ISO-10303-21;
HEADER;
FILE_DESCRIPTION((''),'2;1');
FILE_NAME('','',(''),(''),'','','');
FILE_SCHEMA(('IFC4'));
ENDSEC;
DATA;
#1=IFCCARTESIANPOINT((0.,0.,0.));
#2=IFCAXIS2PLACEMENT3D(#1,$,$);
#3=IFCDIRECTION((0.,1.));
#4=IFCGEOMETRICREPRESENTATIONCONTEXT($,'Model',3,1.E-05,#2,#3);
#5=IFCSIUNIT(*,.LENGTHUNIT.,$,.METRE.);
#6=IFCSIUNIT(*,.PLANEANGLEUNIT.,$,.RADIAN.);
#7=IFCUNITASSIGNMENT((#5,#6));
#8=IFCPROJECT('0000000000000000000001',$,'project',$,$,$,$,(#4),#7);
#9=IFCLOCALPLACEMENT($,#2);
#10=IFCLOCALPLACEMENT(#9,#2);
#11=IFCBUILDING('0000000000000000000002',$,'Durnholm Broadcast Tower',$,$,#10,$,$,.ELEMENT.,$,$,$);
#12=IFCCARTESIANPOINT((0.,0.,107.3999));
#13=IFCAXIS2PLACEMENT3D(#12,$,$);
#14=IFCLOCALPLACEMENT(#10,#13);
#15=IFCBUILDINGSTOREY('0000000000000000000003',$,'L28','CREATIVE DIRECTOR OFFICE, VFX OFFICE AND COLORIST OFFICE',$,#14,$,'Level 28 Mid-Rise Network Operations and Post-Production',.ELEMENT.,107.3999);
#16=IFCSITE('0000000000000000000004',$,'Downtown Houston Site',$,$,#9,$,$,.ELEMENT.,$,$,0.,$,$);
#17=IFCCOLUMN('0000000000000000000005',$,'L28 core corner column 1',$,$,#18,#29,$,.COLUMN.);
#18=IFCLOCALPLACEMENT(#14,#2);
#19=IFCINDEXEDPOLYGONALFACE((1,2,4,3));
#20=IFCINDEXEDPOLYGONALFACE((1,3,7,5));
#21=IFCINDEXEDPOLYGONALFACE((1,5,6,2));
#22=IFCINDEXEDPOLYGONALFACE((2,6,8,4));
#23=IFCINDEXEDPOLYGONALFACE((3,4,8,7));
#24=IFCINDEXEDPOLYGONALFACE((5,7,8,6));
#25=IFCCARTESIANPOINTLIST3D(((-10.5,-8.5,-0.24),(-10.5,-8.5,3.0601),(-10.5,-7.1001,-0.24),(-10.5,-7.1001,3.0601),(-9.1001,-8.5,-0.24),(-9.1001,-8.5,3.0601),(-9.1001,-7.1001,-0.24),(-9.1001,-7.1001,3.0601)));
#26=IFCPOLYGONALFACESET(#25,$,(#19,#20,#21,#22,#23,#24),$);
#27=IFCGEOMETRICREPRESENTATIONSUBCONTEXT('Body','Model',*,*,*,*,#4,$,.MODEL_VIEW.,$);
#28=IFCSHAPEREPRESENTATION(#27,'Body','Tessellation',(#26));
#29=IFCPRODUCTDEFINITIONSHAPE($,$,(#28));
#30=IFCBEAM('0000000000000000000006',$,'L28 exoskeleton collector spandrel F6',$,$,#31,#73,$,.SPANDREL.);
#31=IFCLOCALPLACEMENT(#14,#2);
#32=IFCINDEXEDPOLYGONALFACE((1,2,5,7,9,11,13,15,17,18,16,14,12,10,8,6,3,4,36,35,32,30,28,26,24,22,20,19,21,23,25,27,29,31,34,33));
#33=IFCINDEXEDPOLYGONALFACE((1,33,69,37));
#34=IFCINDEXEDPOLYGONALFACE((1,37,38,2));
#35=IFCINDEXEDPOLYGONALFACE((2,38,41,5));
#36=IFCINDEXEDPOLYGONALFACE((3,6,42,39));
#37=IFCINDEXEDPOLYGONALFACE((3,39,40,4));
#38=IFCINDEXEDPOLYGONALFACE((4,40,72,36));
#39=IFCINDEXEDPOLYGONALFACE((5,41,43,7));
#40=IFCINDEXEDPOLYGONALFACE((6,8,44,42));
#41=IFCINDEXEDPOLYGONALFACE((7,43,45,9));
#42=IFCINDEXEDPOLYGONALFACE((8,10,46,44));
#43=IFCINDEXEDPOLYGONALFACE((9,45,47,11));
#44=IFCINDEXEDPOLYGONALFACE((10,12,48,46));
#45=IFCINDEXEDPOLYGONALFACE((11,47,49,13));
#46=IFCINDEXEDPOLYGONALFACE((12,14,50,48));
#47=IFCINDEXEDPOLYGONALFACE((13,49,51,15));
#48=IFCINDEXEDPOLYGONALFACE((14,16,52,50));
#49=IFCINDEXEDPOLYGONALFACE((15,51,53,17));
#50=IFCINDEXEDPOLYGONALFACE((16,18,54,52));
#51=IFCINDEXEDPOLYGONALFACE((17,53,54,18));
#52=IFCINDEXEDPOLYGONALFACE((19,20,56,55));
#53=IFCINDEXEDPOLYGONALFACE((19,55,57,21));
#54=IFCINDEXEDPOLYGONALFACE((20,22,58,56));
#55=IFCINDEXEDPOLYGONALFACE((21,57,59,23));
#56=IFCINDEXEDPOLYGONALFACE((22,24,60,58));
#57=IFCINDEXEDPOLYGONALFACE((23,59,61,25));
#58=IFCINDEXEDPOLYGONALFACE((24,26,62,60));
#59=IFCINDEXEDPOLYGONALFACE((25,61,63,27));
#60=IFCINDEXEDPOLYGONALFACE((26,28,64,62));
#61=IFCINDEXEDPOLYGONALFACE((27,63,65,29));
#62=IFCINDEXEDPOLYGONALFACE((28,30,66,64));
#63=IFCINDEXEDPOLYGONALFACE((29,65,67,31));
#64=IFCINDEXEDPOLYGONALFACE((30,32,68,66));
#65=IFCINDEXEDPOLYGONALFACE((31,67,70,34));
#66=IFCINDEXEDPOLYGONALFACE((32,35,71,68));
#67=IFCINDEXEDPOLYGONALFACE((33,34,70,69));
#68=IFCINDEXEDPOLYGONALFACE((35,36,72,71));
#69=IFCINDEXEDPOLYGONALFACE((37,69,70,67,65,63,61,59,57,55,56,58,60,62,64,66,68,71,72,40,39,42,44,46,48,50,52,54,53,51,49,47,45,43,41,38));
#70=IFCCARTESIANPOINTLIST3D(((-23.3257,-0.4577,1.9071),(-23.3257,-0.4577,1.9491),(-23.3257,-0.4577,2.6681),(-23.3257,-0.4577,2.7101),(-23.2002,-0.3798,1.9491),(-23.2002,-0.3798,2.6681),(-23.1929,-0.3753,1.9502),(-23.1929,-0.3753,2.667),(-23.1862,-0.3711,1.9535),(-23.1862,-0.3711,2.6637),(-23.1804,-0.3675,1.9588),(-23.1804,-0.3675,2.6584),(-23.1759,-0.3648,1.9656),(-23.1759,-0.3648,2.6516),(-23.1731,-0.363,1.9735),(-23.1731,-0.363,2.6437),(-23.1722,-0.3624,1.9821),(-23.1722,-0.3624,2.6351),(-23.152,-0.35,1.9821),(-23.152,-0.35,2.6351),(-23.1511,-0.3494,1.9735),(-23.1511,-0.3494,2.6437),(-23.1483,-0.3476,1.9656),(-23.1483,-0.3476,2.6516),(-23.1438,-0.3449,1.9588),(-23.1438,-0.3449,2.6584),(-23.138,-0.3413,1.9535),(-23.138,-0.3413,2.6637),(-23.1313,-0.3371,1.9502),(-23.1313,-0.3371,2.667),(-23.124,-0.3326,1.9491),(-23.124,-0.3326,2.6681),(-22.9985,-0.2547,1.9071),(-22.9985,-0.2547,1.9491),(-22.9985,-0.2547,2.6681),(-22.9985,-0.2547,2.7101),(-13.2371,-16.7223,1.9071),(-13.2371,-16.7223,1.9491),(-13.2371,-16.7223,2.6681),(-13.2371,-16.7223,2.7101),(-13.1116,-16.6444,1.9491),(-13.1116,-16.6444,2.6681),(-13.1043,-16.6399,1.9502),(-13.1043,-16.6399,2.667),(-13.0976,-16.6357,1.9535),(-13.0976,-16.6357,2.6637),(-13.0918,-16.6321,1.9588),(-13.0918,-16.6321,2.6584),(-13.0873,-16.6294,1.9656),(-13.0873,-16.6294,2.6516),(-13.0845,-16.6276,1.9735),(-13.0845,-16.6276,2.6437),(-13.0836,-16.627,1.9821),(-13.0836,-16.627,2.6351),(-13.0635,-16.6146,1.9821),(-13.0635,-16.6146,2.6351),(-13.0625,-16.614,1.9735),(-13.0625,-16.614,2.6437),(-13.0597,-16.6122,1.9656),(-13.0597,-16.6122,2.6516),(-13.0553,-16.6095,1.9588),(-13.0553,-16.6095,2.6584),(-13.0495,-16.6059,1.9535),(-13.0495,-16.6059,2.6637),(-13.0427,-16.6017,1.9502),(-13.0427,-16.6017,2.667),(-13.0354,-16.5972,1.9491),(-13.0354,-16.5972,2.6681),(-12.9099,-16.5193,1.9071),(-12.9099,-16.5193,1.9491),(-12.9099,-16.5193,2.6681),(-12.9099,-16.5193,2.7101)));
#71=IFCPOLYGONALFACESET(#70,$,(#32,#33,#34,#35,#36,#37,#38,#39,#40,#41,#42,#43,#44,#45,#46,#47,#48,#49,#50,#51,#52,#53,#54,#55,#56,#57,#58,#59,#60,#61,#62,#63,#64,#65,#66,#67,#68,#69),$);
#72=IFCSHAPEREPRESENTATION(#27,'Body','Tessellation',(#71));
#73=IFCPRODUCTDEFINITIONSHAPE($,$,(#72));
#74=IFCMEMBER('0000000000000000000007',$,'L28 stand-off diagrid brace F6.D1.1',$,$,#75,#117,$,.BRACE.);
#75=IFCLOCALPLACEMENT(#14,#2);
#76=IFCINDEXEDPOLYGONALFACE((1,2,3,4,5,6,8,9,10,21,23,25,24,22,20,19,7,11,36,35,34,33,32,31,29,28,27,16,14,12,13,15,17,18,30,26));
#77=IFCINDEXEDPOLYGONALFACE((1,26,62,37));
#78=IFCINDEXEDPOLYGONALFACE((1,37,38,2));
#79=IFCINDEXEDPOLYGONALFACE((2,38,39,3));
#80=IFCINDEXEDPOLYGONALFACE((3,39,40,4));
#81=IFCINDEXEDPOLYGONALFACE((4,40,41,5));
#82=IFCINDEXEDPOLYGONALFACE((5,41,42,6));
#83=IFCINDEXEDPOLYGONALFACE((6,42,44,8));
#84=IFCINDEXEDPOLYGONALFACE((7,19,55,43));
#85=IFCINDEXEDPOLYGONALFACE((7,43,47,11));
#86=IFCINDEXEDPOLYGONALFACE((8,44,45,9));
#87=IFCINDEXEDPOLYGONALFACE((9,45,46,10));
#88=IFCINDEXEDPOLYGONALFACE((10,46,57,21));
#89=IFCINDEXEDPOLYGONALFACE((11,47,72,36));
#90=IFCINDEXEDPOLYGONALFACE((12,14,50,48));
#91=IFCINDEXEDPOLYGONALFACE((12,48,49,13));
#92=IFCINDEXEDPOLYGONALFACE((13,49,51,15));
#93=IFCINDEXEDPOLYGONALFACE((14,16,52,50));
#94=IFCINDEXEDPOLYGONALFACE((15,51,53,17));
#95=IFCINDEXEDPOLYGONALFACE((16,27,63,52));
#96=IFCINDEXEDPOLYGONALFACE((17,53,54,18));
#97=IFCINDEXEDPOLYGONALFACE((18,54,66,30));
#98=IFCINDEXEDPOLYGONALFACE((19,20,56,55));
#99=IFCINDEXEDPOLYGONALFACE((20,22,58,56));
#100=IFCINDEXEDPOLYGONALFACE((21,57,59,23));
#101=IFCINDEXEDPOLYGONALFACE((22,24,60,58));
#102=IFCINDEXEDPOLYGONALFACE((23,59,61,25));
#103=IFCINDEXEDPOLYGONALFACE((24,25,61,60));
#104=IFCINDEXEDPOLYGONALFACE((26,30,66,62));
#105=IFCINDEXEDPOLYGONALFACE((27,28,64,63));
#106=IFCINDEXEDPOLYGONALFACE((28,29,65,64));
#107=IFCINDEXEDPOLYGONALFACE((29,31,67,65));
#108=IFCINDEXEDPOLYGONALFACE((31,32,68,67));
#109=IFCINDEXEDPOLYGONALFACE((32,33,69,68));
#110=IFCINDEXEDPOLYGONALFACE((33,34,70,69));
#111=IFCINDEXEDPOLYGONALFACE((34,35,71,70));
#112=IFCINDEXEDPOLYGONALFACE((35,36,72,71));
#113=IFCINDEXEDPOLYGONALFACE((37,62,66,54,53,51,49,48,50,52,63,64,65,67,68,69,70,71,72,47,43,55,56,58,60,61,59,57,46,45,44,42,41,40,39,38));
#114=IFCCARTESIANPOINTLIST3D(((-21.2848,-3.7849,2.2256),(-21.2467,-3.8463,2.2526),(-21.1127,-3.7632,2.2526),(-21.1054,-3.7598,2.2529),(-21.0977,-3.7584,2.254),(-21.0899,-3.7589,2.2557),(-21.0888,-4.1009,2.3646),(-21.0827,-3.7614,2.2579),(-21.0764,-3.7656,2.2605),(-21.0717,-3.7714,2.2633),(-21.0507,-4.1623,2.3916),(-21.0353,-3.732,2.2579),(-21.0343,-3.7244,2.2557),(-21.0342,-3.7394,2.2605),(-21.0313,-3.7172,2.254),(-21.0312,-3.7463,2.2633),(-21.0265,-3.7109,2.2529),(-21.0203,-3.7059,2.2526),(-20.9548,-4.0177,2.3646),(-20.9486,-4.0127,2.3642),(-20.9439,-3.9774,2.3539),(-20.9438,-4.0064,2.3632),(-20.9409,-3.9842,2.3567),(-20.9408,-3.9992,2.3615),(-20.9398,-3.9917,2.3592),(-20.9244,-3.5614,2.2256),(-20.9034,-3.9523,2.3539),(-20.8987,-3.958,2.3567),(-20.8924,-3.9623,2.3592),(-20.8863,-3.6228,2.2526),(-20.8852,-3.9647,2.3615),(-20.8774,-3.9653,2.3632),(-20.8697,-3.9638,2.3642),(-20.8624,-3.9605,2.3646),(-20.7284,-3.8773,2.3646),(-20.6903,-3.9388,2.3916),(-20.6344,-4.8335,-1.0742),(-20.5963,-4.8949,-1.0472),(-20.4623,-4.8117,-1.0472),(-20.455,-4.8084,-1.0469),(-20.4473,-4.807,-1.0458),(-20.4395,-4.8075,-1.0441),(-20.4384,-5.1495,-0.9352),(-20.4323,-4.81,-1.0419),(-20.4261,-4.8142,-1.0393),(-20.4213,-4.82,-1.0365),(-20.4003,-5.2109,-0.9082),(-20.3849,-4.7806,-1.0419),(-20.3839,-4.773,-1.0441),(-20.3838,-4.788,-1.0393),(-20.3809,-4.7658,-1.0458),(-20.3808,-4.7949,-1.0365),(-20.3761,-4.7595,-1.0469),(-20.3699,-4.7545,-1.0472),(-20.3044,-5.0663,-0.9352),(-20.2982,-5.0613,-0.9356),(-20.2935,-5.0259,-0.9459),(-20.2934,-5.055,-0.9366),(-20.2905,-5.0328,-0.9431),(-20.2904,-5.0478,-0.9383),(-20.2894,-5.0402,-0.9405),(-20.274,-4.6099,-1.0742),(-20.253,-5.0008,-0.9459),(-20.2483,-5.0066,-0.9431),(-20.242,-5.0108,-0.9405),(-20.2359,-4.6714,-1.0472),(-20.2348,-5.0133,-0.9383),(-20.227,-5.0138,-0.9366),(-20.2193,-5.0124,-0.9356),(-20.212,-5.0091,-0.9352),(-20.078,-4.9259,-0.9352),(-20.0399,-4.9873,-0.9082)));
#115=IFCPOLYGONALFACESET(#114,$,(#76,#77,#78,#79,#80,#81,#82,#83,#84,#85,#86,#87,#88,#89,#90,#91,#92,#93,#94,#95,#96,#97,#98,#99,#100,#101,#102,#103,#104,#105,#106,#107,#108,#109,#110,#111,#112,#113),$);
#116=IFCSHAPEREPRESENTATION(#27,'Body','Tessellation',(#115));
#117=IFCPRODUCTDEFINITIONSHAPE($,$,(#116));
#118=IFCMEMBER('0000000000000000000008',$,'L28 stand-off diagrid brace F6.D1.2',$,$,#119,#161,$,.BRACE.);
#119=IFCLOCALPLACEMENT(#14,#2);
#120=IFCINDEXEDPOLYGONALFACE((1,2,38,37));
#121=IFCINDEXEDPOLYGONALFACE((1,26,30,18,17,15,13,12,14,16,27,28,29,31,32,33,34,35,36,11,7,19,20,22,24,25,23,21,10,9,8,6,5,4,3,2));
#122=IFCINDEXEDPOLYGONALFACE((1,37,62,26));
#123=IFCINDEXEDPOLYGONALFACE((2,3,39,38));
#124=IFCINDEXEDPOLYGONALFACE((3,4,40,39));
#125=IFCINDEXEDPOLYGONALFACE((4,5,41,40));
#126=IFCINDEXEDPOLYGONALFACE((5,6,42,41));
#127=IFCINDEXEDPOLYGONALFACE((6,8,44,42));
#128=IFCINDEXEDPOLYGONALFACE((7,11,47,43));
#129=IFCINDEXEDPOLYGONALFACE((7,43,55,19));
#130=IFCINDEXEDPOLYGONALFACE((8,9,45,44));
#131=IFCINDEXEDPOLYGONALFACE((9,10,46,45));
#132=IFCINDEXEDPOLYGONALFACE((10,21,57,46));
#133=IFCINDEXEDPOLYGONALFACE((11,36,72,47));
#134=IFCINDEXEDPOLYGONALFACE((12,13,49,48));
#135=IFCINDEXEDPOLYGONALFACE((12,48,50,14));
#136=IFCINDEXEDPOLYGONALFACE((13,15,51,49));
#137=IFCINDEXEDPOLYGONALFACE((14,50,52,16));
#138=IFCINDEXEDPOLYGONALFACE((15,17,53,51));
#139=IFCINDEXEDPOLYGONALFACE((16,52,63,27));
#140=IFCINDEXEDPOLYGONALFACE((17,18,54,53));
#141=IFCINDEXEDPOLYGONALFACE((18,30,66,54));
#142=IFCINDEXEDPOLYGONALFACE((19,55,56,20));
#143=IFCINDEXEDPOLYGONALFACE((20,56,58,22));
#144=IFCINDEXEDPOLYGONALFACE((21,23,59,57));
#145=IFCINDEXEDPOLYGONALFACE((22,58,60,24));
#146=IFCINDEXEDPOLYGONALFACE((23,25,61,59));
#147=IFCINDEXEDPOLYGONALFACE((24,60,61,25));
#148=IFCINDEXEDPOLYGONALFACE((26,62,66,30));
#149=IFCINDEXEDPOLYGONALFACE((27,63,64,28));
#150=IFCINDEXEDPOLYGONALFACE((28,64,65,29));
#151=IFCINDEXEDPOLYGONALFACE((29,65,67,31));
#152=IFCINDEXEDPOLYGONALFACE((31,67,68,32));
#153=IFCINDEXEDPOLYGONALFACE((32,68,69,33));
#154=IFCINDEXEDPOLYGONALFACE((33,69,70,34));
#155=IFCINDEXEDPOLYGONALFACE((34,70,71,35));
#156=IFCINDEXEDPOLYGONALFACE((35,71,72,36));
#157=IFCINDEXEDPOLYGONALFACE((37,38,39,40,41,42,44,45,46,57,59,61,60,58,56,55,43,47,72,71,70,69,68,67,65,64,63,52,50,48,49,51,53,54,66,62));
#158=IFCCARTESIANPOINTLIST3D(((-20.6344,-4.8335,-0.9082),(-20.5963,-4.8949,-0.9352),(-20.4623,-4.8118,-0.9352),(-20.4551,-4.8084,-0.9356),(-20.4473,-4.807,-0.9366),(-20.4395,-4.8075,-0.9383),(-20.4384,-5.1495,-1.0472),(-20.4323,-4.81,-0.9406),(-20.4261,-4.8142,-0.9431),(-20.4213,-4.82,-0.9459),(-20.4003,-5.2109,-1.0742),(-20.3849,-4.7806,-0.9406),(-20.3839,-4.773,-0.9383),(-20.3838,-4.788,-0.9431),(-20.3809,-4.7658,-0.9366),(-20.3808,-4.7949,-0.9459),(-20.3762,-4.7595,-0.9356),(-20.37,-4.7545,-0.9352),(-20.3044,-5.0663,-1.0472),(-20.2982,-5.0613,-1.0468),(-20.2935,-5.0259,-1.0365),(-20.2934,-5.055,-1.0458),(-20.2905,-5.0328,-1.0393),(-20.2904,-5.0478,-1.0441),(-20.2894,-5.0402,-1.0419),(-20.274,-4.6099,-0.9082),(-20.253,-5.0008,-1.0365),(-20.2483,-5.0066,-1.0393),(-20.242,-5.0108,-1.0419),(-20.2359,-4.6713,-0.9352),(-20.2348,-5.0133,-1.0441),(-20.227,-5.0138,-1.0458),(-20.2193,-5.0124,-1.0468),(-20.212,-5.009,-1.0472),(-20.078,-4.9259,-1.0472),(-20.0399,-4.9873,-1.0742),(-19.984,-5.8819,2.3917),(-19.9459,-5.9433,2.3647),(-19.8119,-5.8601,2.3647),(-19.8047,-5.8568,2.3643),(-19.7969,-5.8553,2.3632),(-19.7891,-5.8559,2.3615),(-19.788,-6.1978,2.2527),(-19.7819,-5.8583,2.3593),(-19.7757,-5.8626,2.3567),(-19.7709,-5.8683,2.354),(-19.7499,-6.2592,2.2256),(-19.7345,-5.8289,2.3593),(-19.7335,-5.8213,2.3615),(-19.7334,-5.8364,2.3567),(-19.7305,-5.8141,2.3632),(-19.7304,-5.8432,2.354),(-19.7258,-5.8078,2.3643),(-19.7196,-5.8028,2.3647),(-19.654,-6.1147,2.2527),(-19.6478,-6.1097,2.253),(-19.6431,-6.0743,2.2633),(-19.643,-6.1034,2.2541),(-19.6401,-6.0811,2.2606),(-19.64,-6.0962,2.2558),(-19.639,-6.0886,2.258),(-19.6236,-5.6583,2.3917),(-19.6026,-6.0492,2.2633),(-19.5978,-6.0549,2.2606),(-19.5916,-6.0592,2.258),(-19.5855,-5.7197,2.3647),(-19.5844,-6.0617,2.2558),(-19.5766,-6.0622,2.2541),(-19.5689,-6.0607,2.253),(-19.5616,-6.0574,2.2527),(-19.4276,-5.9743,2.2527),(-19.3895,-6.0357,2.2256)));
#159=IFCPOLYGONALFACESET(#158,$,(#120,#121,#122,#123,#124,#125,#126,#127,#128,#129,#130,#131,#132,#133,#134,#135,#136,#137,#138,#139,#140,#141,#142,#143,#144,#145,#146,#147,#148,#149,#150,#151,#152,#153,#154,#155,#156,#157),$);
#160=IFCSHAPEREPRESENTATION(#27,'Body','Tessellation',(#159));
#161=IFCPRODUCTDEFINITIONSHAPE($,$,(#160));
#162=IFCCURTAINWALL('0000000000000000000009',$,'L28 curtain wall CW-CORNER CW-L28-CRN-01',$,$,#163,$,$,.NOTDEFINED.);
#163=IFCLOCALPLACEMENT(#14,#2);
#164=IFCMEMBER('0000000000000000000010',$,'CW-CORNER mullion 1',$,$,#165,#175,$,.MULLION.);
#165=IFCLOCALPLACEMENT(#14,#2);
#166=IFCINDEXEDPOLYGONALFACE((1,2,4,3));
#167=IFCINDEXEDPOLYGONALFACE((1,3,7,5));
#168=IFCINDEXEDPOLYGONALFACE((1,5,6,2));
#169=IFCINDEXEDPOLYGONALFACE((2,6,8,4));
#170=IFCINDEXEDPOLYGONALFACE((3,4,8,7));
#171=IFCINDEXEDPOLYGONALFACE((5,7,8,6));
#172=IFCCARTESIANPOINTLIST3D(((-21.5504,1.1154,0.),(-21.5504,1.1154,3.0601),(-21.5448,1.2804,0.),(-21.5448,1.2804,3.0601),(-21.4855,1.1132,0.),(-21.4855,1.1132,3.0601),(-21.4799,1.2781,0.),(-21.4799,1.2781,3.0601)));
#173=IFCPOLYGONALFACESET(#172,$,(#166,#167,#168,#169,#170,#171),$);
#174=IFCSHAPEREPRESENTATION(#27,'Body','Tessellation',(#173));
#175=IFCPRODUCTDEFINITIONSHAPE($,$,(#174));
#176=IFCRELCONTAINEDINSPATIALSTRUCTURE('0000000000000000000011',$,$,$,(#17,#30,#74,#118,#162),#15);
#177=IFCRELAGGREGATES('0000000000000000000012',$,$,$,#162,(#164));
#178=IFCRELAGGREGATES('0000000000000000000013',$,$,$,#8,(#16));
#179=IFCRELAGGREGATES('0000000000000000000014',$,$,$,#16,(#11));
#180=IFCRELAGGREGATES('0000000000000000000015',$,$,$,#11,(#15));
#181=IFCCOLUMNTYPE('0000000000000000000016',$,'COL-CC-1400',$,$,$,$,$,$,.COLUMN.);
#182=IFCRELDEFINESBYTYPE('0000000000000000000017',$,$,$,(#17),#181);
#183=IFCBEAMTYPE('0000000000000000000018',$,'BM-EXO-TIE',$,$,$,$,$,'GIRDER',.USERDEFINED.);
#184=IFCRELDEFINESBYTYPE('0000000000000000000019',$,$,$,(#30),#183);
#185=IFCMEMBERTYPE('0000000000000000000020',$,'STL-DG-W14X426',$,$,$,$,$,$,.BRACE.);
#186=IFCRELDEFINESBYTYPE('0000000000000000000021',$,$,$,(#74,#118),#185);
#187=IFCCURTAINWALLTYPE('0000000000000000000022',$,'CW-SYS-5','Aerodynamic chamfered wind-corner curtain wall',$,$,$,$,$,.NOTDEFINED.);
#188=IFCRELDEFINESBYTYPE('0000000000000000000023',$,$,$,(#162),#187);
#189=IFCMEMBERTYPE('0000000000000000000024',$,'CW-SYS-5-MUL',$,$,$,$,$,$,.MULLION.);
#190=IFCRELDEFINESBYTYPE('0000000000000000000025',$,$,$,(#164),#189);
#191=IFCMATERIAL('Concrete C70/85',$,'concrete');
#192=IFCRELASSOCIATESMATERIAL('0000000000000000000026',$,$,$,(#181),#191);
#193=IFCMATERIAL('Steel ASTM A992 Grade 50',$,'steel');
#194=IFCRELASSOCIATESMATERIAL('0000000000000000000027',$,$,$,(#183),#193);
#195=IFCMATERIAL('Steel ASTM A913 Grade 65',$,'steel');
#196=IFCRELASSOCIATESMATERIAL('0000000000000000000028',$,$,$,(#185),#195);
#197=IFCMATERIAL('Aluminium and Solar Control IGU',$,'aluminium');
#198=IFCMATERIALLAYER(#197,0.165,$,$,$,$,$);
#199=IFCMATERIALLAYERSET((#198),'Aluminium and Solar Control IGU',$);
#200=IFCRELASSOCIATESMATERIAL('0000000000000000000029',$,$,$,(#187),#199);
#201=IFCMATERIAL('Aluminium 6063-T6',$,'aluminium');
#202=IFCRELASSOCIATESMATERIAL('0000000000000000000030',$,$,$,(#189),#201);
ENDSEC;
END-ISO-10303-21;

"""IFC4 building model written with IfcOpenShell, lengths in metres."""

from ifc_helpers import new_model, si_unit, direction, frame, origin, origin_2d, place, context, subcontext, project, spatial, rectangle, i_section, extrude, source, transform, mapped, material, layer, layer_set, material_profile, profile_set, type_object, type_shapes, element, aggregate, save


model = new_model("IFC4")

# Units and contexts
model_context = context("Model", 3, precision=1e-05, world=origin(), true_north=direction((0.0, 1.0)))
body_context = subcontext(model_context, "Body", "Model", "MODEL_VIEW")
ifc_project = project(units=[si_unit("LENGTHUNIT", "METRE"), si_unit("PLANEANGLEUNIT", "RADIAN")], contexts=[model_context])

# Site, building, storey
site_placement = place(None, origin())
site = spatial("IfcSite", under=ifc_project, at=site_placement, Name="Downtown Houston Site", CompositionType="ELEMENT", RefElevation=0.0)
building_placement = place(site_placement, origin())
building = spatial("IfcBuilding", under=site, at=building_placement, Name="Durnholm Broadcast Tower", CompositionType="ELEMENT")
storey_placement = place(building_placement, frame((0.0, 0.0, 107.3999)))
storey = spatial("IfcBuildingStorey", under=building, at=storey_placement, Name="L28", Description="CREATIVE DIRECTOR OFFICE, VFX OFFICE AND COLORIST OFFICE", LongName="Level 28 Mid-Rise Network Operations and Post-Production", CompositionType="ELEMENT", Elevation=107.3999)

# Column
ifc_material_1 = material(Name="Concrete C70/85", Category="concrete")
ifc_material_profile_1 = material_profile(ifc_material_1, rectangle(XDim=1.3999, YDim=1.3999, at=origin_2d()), Name="RC1400X1400")
ifc_profile_set_1 = profile_set([ifc_material_profile_1], Name="Concrete C70/85")
column_type = type_object("IfcColumnType", Name="COL-CC-1400", PredefinedType="COLUMN", material=ifc_profile_set_1)
shared_shape_1 = source(origin(), body_context, "Body", "SweptSolid", [
    extrude(rectangle(XDim=1.3999, YDim=1.3999, at=origin_2d()), origin(), (0.0, 0.0, 1.0), 3.3),
])
type_shapes(column_type, [shared_shape_1])
column_placement = place(storey_placement, frame((-9.8, -7.8, -0.24), z_axis=(0.0, 0.0, 1.0), x_axis=(1.0, 0.0, 0.0)))
element("IfcColumn", 1, at=column_placement, inside=storey, type_object=column_type, Name="L28 core corner column 1", PredefinedType="COLUMN", context=body_context, shape_type="MappedRepresentation", body=[
    mapped(shared_shape_1, transform((0.0, 0.0, 0.0), x_axis=(1.0, 0.0, 0.0), y_axis=(0.0, 1.0, 0.0), z_axis=(0.0, 0.0, 1.0), scale=1.0)),
])

# Beam
ifc_material_2 = material(Name="Steel ASTM A992 Grade 50", Category="steel")
ifc_material_profile_2 = material_profile(ifc_material_2, i_section(OverallWidth=0.385, OverallDepth=0.803, WebThickness=0.0237, FlangeThickness=0.042, FilletRadius=0.033, at=origin_2d()), Name="W30X261")
ifc_profile_set_2 = profile_set([ifc_material_profile_2], Name="Steel ASTM A992 Grade 50")
beam_type = type_object("IfcBeamType", Name="BM-EXO-TIE", ElementType="GIRDER", PredefinedType="USERDEFINED", material=ifc_profile_set_2)
shared_shape_2 = source(origin(), body_context, "Body", "SweptSolid", [
    extrude(i_section(OverallWidth=0.385, OverallDepth=0.803, WebThickness=0.0237, FlangeThickness=0.042, FilletRadius=0.033, at=origin_2d()), origin(), (0.0, 0.0, 1.0), 19.1394),
])
type_shapes(beam_type, [shared_shape_2])
beam_placement = place(storey_placement, frame((-23.1621, -0.3562, 2.3086), z_axis=(0.527111, -0.849796, 0.0), x_axis=(0.849796, 0.527111, 0.0)))
element("IfcBeam", 2, at=beam_placement, inside=storey, type_object=beam_type, Name="L28 exoskeleton collector spandrel F6", PredefinedType="SPANDREL", context=body_context, shape_type="MappedRepresentation", body=[
    mapped(shared_shape_2, transform((0.0, 0.0, 0.0), x_axis=(1.0, 0.0, 0.0), y_axis=(0.0, 1.0, 0.0), z_axis=(0.0, 0.0, 1.0), scale=1.0)),
])

# Members
ifc_material_3 = material(Name="Steel ASTM A913 Grade 65", Category="steel")
ifc_material_profile_3 = material_profile(ifc_material_3, i_section(OverallWidth=0.4241, OverallDepth=0.4741, WebThickness=0.0476, FlangeThickness=0.0771, FilletRadius=0.0305, at=origin_2d()), Name="W14X426")
ifc_profile_set_3 = profile_set([ifc_material_profile_3], Name="Steel ASTM A913 Grade 65")
member_type_1 = type_object("IfcMemberType", Name="STL-DG-W14X426", PredefinedType="BRACE", material=ifc_profile_set_3)
shared_shape_3 = source(origin(), body_context, "Body", "SweptSolid", [
    extrude(i_section(OverallWidth=0.4241, OverallDepth=0.4741, WebThickness=0.0476, FlangeThickness=0.0771, FilletRadius=0.0305, at=origin_2d()), origin(), (0.0, 0.0, 1.0), 3.5229),
])
type_shapes(member_type_1, [shared_shape_3])
for number, where, z_axis, x_axis, name in (
    (3, (-20.3372, -4.9104, -0.9912), (-0.184615, 0.297643, 0.936657), (-0.849805, -0.527097, 0.0), "L28 stand-off diagrid brace F6.D1.1"),
    (4, (-20.3372, -4.9104, -0.9912), (0.184619, -0.29758, 0.936676), (0.84975, 0.527186, 0.0), "L28 stand-off diagrid brace F6.D1.2"),
):
    element("IfcMember", number, at=place(storey_placement, frame(where, z_axis=z_axis, x_axis=x_axis)), inside=storey, type_object=member_type_1, Name=name, PredefinedType="BRACE", context=body_context, shape_type="MappedRepresentation", body=[
        mapped(shared_shape_3, transform((0.0, 0.0, 0.0), x_axis=(1.0, 0.0, 0.0), y_axis=(0.0, 1.0, 0.0), z_axis=(0.0, 0.0, 1.0), scale=1.0)),
    ])

# Curtain wall, member
ifc_material_4 = material(Name="Aluminium and Solar Control IGU", Category="aluminium")
ifc_layer_1 = layer(ifc_material_4, 0.165)
ifc_layer_set_1 = layer_set([ifc_layer_1], Name="Aluminium and Solar Control IGU")
curtain_wall_type_1 = type_object("IfcCurtainWallType", Name="CW-SYS-5", Description="Aerodynamic chamfered wind-corner curtain wall", PredefinedType="NOTDEFINED", material=ifc_layer_set_1)
curtain_wall_1_placement = place(storey_placement, origin())
curtain_wall_1 = element("IfcCurtainWall", 5, at=curtain_wall_1_placement, inside=storey, type_object=curtain_wall_type_1, Name="L28 curtain wall CW-CORNER CW-L28-CRN-01", PredefinedType="NOTDEFINED")
ifc_material_5 = material(Name="Aluminium 6063-T6", Category="aluminium")
ifc_material_profile_4 = material_profile(ifc_material_5, rectangle(XDim=0.0649, YDim=0.165, at=origin_2d()), Name="CWM65X165")
ifc_profile_set_4 = profile_set([ifc_material_profile_4], Name="Aluminium 6063-T6")
member_type_2 = type_object("IfcMemberType", Name="CW-SYS-5-MUL", PredefinedType="MULLION", material=ifc_profile_set_4)
shared_shape_4 = source(origin(), body_context, "Body", "SweptSolid", [
    extrude(rectangle(XDim=0.0649, YDim=0.165, at=origin_2d()), origin(), (0.0, 0.0, 1.0), 3.0601),
])
type_shapes(member_type_2, [shared_shape_4])
member_1_placement = place(storey_placement, frame((-21.5151, 1.1968, 0.0), z_axis=(0.0, 0.0, 1.0), x_axis=(-0.999425, 0.033917, 0.0)))
member_1 = element("IfcMember", 6, at=member_1_placement, type_object=member_type_2, Name="CW-CORNER mullion 1", PredefinedType="MULLION", context=body_context, shape_type="MappedRepresentation", body=[
    mapped(shared_shape_4, transform((0.0, 0.0, 0.0), x_axis=(1.0, 0.0, 0.0), y_axis=(0.0, 1.0, 0.0), z_axis=(0.0, 0.0, 1.0), scale=1.0)),
])

aggregate(curtain_wall_1, [member_1])

save(model, "model.ifc")
